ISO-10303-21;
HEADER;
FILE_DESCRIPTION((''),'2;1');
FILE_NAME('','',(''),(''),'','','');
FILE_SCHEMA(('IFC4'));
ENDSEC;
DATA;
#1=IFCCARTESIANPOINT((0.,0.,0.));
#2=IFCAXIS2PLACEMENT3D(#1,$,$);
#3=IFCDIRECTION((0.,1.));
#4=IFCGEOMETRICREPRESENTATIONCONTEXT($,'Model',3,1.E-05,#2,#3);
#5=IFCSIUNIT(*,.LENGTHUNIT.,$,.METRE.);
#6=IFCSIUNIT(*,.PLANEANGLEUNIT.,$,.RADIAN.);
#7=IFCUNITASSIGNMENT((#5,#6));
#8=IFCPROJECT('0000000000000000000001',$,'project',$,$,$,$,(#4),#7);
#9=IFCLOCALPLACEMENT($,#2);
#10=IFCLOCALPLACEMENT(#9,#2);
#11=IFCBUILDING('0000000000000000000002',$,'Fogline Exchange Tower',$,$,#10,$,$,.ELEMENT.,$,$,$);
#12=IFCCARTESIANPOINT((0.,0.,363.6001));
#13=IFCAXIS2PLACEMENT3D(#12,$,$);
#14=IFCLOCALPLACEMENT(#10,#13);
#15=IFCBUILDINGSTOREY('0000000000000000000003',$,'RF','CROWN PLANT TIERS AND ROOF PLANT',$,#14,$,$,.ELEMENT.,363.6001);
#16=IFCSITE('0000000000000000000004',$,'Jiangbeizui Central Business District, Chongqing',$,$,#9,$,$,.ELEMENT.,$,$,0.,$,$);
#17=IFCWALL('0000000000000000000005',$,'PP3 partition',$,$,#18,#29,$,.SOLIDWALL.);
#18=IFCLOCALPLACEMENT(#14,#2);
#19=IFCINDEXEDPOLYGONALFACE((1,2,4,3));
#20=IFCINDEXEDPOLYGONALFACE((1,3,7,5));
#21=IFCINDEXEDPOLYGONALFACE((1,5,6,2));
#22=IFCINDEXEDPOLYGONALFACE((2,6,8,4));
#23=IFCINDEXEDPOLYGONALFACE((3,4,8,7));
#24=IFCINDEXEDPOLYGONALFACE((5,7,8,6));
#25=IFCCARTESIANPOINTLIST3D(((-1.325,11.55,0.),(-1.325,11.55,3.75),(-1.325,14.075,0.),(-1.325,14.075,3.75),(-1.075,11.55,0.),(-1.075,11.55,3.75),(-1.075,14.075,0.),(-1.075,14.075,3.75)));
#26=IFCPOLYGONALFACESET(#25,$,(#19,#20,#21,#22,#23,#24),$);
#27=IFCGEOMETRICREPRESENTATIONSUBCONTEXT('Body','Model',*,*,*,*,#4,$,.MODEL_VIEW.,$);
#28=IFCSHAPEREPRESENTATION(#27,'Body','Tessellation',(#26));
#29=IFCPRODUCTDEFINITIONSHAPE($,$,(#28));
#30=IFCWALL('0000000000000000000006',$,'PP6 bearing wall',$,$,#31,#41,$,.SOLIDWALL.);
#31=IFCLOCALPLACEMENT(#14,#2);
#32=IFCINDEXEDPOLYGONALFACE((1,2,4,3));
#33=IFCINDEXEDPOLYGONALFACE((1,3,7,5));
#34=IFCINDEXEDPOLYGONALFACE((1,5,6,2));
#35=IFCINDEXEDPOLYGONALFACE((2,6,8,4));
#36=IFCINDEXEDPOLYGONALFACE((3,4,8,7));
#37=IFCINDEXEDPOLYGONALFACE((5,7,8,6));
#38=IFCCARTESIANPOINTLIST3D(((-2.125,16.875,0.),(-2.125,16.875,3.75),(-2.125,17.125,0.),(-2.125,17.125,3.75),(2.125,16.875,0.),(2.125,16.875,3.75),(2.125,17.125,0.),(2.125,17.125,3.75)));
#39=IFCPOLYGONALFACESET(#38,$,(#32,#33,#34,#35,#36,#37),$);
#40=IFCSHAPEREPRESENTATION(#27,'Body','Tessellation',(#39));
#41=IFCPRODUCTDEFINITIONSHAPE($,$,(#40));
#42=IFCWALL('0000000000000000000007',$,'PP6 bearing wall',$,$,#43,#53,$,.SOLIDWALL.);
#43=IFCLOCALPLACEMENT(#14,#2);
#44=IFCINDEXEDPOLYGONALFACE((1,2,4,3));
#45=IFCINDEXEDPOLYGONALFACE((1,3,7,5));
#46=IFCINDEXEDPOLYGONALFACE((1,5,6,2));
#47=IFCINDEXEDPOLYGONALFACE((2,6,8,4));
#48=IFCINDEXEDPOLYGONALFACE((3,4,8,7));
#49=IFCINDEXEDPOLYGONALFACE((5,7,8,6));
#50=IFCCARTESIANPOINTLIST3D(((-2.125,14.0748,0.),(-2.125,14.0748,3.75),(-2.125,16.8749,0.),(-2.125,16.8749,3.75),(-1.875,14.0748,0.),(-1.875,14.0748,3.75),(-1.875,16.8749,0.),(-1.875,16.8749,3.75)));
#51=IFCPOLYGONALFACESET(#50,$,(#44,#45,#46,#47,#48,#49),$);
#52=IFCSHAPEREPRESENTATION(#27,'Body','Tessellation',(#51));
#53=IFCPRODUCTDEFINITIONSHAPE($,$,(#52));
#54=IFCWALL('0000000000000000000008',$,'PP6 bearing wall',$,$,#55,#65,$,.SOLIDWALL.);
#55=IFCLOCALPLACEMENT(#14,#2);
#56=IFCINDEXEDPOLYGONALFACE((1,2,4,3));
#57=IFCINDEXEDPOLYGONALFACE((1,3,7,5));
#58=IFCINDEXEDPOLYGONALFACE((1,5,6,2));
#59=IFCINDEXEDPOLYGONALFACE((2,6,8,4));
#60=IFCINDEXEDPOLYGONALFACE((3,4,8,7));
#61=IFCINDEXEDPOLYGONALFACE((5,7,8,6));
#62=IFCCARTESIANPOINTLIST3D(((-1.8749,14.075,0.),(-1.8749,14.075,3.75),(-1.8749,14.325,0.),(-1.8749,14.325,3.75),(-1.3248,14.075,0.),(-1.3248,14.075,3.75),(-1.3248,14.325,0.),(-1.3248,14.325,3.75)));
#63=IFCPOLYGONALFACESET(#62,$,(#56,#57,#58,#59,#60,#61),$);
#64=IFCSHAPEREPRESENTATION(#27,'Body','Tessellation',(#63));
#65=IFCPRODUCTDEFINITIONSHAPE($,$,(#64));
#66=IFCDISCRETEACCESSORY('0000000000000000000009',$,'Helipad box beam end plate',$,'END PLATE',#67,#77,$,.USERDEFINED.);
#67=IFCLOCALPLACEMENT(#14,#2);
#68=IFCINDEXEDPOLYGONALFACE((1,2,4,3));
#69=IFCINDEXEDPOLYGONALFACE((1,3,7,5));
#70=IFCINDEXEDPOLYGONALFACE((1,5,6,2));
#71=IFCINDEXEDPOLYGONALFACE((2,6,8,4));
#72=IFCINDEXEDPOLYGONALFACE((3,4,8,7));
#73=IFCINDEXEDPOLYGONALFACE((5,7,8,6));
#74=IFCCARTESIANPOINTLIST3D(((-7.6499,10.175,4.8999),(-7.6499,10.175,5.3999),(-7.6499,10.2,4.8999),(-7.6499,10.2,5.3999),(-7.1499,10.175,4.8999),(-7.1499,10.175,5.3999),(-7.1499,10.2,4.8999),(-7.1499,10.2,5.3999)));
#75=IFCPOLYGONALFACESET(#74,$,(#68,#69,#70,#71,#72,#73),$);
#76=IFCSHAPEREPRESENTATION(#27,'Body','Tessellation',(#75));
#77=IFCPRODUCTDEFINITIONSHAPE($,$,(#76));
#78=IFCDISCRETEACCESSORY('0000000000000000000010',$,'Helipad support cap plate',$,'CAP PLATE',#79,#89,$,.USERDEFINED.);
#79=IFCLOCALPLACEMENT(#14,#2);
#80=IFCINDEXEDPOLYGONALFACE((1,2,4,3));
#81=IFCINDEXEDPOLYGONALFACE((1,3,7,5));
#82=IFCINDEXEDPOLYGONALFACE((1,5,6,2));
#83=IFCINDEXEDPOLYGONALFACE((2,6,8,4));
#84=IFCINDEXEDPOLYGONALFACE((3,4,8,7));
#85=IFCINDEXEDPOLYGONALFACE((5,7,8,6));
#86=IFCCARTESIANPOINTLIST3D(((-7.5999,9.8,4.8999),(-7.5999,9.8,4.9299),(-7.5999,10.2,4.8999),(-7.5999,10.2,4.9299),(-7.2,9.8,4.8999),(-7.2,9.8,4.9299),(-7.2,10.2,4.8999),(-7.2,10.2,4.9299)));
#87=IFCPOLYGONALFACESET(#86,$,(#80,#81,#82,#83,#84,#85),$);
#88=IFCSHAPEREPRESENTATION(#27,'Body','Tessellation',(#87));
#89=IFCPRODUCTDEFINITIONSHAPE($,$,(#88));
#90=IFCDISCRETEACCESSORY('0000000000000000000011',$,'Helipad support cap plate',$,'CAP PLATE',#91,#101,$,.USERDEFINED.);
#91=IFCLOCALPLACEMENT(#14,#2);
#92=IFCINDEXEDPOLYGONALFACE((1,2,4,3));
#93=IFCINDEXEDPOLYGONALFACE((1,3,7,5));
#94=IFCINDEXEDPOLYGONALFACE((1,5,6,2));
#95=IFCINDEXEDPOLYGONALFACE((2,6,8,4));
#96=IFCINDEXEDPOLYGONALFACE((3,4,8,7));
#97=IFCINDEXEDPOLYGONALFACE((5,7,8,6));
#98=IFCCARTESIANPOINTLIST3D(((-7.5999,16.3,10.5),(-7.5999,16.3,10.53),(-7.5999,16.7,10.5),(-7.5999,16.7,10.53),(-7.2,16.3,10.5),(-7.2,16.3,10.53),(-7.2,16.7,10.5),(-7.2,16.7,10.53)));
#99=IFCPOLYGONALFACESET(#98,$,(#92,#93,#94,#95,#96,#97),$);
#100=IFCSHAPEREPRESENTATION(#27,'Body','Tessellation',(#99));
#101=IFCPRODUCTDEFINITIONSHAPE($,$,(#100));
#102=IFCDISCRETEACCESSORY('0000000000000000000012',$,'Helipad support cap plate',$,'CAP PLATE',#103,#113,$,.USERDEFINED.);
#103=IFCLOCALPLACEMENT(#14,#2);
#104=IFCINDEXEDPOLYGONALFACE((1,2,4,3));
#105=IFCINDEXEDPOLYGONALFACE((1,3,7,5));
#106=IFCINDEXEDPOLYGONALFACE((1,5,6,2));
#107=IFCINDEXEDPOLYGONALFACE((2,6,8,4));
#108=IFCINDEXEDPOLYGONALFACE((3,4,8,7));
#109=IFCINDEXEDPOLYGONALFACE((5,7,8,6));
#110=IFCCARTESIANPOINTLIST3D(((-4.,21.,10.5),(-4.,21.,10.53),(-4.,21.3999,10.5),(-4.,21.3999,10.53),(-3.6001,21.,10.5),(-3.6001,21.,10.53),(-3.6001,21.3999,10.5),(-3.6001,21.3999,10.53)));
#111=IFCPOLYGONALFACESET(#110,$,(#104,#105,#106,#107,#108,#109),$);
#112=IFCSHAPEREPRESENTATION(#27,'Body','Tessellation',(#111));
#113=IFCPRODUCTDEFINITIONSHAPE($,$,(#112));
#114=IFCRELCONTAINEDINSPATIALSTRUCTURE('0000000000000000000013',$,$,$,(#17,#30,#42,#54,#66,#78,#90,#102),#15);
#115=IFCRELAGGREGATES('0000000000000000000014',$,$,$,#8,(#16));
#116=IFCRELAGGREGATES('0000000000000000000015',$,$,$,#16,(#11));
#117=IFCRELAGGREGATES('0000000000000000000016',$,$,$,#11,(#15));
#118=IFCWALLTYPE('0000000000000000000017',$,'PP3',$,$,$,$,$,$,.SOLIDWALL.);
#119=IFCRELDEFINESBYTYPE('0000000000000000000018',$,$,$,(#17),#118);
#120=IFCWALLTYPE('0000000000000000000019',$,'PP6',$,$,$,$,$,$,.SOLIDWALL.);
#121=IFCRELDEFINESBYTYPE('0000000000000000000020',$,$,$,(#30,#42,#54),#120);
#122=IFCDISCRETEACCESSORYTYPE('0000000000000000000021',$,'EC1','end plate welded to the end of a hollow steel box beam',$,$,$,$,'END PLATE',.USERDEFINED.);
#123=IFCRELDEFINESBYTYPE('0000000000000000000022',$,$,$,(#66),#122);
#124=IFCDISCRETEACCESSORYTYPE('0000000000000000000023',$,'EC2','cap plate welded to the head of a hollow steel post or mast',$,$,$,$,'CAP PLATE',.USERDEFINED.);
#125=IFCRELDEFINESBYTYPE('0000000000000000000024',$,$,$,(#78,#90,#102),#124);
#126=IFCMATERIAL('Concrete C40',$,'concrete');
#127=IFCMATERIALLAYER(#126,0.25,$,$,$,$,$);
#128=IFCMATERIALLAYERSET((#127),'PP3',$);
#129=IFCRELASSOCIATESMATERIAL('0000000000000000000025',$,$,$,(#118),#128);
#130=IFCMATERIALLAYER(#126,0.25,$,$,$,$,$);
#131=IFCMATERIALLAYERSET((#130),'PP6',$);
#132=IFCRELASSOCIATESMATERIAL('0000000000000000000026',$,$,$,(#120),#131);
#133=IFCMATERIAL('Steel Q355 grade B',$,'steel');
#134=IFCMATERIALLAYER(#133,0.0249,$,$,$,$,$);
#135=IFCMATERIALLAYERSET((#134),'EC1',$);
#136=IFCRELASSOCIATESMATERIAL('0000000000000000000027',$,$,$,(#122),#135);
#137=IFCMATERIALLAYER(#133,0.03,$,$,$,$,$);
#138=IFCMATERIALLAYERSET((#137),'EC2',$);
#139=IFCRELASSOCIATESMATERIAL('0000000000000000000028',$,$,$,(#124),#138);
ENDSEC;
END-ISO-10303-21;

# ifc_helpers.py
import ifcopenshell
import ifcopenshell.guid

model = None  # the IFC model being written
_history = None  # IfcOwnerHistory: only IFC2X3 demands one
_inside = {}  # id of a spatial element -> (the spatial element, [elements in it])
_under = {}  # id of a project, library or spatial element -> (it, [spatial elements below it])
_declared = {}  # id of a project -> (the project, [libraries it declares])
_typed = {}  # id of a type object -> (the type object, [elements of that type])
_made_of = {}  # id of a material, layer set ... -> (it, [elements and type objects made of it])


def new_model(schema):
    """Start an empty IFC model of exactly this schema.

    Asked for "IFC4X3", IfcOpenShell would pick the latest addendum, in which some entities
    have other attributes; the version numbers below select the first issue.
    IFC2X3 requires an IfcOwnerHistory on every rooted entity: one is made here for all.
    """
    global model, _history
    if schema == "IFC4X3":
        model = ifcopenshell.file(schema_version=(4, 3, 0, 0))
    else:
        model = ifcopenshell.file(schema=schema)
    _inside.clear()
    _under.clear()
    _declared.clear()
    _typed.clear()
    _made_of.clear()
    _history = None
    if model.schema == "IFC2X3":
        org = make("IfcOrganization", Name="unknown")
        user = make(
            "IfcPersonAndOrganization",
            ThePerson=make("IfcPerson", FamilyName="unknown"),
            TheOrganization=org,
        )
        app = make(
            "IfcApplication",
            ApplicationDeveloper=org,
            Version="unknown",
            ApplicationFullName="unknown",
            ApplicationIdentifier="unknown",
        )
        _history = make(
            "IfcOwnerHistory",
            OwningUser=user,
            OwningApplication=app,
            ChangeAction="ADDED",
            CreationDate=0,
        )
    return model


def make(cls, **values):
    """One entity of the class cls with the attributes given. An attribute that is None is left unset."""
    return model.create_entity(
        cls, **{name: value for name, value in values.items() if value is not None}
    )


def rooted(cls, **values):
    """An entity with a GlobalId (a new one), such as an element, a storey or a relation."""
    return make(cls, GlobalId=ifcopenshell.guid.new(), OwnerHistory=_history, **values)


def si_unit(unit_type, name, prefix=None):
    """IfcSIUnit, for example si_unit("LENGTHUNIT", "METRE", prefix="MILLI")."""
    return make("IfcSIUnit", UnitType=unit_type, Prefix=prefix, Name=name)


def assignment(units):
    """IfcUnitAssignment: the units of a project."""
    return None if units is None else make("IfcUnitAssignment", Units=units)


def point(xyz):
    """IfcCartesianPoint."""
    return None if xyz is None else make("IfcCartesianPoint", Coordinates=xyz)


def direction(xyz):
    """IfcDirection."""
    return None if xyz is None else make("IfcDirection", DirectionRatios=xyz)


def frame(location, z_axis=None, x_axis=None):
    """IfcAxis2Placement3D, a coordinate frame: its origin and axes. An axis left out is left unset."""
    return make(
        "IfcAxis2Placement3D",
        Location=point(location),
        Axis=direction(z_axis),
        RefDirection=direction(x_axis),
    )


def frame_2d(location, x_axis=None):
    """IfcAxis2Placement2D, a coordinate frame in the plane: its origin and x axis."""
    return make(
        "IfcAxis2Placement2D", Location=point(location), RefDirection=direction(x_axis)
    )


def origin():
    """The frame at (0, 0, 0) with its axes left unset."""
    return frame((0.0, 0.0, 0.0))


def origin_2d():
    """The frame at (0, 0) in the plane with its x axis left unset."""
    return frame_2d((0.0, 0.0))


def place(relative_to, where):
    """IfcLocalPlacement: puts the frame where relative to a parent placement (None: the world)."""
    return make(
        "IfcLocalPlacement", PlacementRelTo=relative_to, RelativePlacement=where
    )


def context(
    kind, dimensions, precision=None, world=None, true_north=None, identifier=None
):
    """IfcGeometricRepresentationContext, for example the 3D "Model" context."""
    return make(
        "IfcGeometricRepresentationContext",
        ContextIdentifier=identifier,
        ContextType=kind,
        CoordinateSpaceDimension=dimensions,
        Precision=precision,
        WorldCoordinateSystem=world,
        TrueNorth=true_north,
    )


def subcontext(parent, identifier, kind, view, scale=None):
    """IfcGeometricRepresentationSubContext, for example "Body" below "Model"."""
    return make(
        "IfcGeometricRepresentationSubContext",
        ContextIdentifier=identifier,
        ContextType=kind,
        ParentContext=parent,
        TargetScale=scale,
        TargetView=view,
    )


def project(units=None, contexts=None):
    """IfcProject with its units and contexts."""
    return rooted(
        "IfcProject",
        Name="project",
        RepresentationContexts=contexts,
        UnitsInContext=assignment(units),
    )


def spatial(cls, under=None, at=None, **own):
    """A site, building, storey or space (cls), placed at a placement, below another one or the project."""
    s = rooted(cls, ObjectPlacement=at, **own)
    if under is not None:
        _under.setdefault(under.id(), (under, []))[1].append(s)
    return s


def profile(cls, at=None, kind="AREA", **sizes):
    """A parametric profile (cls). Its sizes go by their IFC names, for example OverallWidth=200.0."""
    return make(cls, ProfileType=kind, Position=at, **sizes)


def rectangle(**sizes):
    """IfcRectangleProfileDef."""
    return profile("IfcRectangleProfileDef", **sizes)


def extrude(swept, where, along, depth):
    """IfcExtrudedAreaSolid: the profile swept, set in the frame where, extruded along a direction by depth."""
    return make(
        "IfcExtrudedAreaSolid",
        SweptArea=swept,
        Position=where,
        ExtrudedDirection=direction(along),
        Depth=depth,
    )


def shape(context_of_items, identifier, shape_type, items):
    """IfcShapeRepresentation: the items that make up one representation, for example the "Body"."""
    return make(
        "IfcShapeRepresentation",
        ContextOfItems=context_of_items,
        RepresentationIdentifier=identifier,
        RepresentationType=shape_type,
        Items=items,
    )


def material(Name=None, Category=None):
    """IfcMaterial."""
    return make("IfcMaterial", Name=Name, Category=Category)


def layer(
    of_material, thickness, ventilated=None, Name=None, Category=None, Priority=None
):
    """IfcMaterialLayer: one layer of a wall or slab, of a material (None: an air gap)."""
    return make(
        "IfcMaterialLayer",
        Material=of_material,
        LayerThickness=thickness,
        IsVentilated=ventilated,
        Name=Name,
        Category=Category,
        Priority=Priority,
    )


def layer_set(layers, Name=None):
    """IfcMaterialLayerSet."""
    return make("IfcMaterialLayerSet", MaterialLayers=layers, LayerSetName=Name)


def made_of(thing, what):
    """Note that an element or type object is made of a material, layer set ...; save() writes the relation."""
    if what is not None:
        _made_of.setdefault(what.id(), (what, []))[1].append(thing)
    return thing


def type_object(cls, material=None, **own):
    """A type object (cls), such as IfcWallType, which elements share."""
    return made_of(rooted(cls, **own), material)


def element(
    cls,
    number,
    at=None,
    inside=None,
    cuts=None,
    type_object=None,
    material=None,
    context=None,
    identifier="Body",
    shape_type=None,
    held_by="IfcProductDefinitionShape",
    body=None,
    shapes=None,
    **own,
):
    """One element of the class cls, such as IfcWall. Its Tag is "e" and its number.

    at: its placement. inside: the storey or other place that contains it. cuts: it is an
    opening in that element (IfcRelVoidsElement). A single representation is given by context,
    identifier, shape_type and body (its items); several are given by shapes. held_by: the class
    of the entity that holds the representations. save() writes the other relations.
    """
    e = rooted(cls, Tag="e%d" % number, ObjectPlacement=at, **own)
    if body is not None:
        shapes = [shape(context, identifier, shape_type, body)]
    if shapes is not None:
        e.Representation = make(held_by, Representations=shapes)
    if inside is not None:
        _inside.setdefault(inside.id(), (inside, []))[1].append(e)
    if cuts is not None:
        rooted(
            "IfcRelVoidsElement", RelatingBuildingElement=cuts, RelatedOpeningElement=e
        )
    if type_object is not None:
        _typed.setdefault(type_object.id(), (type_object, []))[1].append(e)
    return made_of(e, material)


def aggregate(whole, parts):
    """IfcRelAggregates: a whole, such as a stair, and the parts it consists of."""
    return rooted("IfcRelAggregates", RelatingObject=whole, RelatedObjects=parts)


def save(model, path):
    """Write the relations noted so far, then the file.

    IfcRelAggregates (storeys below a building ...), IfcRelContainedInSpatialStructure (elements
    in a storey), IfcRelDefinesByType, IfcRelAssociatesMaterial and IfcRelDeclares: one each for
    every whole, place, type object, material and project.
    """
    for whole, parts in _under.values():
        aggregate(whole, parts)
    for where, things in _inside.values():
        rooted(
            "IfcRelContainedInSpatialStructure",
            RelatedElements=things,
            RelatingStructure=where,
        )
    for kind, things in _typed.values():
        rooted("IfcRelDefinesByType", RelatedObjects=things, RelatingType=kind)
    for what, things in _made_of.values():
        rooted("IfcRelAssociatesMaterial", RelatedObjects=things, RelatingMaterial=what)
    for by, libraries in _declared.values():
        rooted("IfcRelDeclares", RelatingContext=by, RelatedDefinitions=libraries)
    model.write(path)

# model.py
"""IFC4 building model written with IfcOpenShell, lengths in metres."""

from ifc_helpers import new_model, si_unit, direction, frame, frame_2d, origin, origin_2d, place, context, subcontext, project, spatial, rectangle, extrude, material, layer, layer_set, type_object, element, save


model = new_model("IFC4")

# Units and contexts
model_context = context("Model", 3, precision=1e-05, world=origin(), true_north=direction((0.0, 1.0)))
body_context = subcontext(model_context, "Body", "Model", "MODEL_VIEW")
ifc_project = project(units=[si_unit("LENGTHUNIT", "METRE"), si_unit("PLANEANGLEUNIT", "RADIAN")], contexts=[model_context])

# Site, building, storey
site_placement = place(None, origin())
site = spatial("IfcSite", under=ifc_project, at=site_placement, Name="Jiangbeizui Central Business District, Chongqing", CompositionType="ELEMENT", RefElevation=0.0)
building_placement = place(site_placement, origin())
building = spatial("IfcBuilding", under=site, at=building_placement, Name="Fogline Exchange Tower", CompositionType="ELEMENT")
storey_placement = place(building_placement, frame((0.0, 0.0, 363.6001)))
storey = spatial("IfcBuildingStorey", under=building, at=storey_placement, Name="RF", Description="CROWN PLANT TIERS AND ROOF PLANT", CompositionType="ELEMENT", Elevation=363.6001)

# Shared definitions
ifc_material_1 = material(Name="Steel Q355 grade B", Category="steel")

# Shared definitions
ifc_material_2 = material(Name="Concrete C40", Category="concrete")

# Shared definitions
ifc_layer_1 = layer(ifc_material_2, 0.25)
ifc_layer_set_1 = layer_set([ifc_layer_1], Name="PP3")
wall_type_1 = type_object("IfcWallType", Name="PP3", PredefinedType="SOLIDWALL", material=ifc_layer_set_1)

# Walls
wall_1_placement = place(storey_placement, frame((-1.2, 11.55, 0.0), z_axis=(0.0, 0.0, 1.0), x_axis=(0.0, 1.0, 0.0)))
element("IfcWall", 1, at=wall_1_placement, inside=storey, type_object=wall_type_1, Name="PP3 partition", PredefinedType="SOLIDWALL", context=body_context, shape_type="SweptSolid", body=[
    extrude(rectangle(XDim=2.5249, YDim=0.25, at=frame_2d((1.2625, 0.0))), origin(), (0.0, 0.0, 1.0), 3.75),
])
ifc_layer_2 = layer(ifc_material_2, 0.25)
ifc_layer_set_2 = layer_set([ifc_layer_2], Name="PP6")
wall_type_2 = type_object("IfcWallType", Name="PP6", PredefinedType="SOLIDWALL", material=ifc_layer_set_2)
wall_2_placement = place(storey_placement, frame((-2.125, 17.0, 0.0), z_axis=(0.0, 0.0, 1.0), x_axis=(1.0, 0.0, 0.0)))
element("IfcWall", 2, at=wall_2_placement, inside=storey, type_object=wall_type_2, Name="PP6 bearing wall", PredefinedType="SOLIDWALL", context=body_context, shape_type="SweptSolid", body=[
    extrude(rectangle(XDim=4.25, YDim=0.25, at=frame_2d((2.125, 0.0))), origin(), (0.0, 0.0, 1.0), 3.75),
])
wall_3_placement = place(storey_placement, frame((-2.0, 14.075, 0.0), z_axis=(0.0, 0.0, 1.0), x_axis=(0.0, 1.0, 0.0)))
element("IfcWall", 3, at=wall_3_placement, inside=storey, type_object=wall_type_2, Name="PP6 bearing wall", PredefinedType="SOLIDWALL", context=body_context, shape_type="SweptSolid", body=[
    extrude(rectangle(XDim=2.8, YDim=0.25, at=frame_2d((1.3999, 0.0))), origin(), (0.0, 0.0, 1.0), 3.75),
])
wall_4_placement = place(storey_placement, frame((-1.325, 14.2, 0.0), z_axis=(0.0, 0.0, 1.0), x_axis=(-1.0, 0.0, 0.0)))
element("IfcWall", 4, at=wall_4_placement, inside=storey, type_object=wall_type_2, Name="PP6 bearing wall", PredefinedType="SOLIDWALL", context=body_context, shape_type="SweptSolid", body=[
    extrude(rectangle(XDim=0.55, YDim=0.25, at=frame_2d((0.2749, 0.0))), origin(), (0.0, 0.0, 1.0), 3.75),
])

# Discrete accessories
ifc_layer_3 = layer(ifc_material_1, 0.0249)
ifc_layer_set_3 = layer_set([ifc_layer_3], Name="EC1")
discrete_accessory_type_1 = type_object("IfcDiscreteAccessoryType", Name="EC1", Description="end plate welded to the end of a hollow steel box beam", ElementType="END PLATE", PredefinedType="USERDEFINED", material=ifc_layer_set_3)
discrete_accessory_placement = place(storey_placement, frame((-7.3999, 10.1875, 4.8999), z_axis=(0.0, 0.0, 1.0), x_axis=(0.0, -1.0, 0.0)))
element("IfcDiscreteAccessory", 5, at=discrete_accessory_placement, inside=storey, type_object=discrete_accessory_type_1, Name="Helipad box beam end plate", ObjectType="END PLATE", PredefinedType="USERDEFINED", context=body_context, shape_type="SweptSolid", body=[
    extrude(rectangle(XDim=0.0249, YDim=0.5, at=origin_2d()), origin(), (0.0, 0.0, 1.0), 0.5),
])
ifc_layer_4 = layer(ifc_material_1, 0.03)
ifc_layer_set_4 = layer_set([ifc_layer_4], Name="EC2")
discrete_accessory_type_2 = type_object("IfcDiscreteAccessoryType", Name="EC2", Description="cap plate welded to the head of a hollow steel post or mast", ElementType="CAP PLATE", PredefinedType="USERDEFINED", material=ifc_layer_set_4)
for number, where, z_axis, x_axis, name in (
    (6, (-7.3999, 10.0, 4.8999), (0.0, 0.0, 1.0), (1.0, 0.0, 0.0), "Helipad support cap plate"),
    (7, (-7.3999, 16.5, 10.5), (0.0, 0.0, 1.0), (1.0, 0.0, 0.0), "Helipad support cap plate"),
    (8, (-3.8, 21.2, 10.5), (0.0, 0.0, 1.0), (1.0, 0.0, 0.0), "Helipad support cap plate"),
):
    element("IfcDiscreteAccessory", number, at=place(storey_placement, frame(where, z_axis=z_axis, x_axis=x_axis)), inside=storey, type_object=discrete_accessory_type_2, Name=name, ObjectType="CAP PLATE", PredefinedType="USERDEFINED", context=body_context, shape_type="SweptSolid", body=[
        extrude(rectangle(XDim=0.3999, YDim=0.3999, at=origin_2d()), origin(), (0.0, 0.0, 1.0), 0.03),
    ])

save(model, "model.ifc")
